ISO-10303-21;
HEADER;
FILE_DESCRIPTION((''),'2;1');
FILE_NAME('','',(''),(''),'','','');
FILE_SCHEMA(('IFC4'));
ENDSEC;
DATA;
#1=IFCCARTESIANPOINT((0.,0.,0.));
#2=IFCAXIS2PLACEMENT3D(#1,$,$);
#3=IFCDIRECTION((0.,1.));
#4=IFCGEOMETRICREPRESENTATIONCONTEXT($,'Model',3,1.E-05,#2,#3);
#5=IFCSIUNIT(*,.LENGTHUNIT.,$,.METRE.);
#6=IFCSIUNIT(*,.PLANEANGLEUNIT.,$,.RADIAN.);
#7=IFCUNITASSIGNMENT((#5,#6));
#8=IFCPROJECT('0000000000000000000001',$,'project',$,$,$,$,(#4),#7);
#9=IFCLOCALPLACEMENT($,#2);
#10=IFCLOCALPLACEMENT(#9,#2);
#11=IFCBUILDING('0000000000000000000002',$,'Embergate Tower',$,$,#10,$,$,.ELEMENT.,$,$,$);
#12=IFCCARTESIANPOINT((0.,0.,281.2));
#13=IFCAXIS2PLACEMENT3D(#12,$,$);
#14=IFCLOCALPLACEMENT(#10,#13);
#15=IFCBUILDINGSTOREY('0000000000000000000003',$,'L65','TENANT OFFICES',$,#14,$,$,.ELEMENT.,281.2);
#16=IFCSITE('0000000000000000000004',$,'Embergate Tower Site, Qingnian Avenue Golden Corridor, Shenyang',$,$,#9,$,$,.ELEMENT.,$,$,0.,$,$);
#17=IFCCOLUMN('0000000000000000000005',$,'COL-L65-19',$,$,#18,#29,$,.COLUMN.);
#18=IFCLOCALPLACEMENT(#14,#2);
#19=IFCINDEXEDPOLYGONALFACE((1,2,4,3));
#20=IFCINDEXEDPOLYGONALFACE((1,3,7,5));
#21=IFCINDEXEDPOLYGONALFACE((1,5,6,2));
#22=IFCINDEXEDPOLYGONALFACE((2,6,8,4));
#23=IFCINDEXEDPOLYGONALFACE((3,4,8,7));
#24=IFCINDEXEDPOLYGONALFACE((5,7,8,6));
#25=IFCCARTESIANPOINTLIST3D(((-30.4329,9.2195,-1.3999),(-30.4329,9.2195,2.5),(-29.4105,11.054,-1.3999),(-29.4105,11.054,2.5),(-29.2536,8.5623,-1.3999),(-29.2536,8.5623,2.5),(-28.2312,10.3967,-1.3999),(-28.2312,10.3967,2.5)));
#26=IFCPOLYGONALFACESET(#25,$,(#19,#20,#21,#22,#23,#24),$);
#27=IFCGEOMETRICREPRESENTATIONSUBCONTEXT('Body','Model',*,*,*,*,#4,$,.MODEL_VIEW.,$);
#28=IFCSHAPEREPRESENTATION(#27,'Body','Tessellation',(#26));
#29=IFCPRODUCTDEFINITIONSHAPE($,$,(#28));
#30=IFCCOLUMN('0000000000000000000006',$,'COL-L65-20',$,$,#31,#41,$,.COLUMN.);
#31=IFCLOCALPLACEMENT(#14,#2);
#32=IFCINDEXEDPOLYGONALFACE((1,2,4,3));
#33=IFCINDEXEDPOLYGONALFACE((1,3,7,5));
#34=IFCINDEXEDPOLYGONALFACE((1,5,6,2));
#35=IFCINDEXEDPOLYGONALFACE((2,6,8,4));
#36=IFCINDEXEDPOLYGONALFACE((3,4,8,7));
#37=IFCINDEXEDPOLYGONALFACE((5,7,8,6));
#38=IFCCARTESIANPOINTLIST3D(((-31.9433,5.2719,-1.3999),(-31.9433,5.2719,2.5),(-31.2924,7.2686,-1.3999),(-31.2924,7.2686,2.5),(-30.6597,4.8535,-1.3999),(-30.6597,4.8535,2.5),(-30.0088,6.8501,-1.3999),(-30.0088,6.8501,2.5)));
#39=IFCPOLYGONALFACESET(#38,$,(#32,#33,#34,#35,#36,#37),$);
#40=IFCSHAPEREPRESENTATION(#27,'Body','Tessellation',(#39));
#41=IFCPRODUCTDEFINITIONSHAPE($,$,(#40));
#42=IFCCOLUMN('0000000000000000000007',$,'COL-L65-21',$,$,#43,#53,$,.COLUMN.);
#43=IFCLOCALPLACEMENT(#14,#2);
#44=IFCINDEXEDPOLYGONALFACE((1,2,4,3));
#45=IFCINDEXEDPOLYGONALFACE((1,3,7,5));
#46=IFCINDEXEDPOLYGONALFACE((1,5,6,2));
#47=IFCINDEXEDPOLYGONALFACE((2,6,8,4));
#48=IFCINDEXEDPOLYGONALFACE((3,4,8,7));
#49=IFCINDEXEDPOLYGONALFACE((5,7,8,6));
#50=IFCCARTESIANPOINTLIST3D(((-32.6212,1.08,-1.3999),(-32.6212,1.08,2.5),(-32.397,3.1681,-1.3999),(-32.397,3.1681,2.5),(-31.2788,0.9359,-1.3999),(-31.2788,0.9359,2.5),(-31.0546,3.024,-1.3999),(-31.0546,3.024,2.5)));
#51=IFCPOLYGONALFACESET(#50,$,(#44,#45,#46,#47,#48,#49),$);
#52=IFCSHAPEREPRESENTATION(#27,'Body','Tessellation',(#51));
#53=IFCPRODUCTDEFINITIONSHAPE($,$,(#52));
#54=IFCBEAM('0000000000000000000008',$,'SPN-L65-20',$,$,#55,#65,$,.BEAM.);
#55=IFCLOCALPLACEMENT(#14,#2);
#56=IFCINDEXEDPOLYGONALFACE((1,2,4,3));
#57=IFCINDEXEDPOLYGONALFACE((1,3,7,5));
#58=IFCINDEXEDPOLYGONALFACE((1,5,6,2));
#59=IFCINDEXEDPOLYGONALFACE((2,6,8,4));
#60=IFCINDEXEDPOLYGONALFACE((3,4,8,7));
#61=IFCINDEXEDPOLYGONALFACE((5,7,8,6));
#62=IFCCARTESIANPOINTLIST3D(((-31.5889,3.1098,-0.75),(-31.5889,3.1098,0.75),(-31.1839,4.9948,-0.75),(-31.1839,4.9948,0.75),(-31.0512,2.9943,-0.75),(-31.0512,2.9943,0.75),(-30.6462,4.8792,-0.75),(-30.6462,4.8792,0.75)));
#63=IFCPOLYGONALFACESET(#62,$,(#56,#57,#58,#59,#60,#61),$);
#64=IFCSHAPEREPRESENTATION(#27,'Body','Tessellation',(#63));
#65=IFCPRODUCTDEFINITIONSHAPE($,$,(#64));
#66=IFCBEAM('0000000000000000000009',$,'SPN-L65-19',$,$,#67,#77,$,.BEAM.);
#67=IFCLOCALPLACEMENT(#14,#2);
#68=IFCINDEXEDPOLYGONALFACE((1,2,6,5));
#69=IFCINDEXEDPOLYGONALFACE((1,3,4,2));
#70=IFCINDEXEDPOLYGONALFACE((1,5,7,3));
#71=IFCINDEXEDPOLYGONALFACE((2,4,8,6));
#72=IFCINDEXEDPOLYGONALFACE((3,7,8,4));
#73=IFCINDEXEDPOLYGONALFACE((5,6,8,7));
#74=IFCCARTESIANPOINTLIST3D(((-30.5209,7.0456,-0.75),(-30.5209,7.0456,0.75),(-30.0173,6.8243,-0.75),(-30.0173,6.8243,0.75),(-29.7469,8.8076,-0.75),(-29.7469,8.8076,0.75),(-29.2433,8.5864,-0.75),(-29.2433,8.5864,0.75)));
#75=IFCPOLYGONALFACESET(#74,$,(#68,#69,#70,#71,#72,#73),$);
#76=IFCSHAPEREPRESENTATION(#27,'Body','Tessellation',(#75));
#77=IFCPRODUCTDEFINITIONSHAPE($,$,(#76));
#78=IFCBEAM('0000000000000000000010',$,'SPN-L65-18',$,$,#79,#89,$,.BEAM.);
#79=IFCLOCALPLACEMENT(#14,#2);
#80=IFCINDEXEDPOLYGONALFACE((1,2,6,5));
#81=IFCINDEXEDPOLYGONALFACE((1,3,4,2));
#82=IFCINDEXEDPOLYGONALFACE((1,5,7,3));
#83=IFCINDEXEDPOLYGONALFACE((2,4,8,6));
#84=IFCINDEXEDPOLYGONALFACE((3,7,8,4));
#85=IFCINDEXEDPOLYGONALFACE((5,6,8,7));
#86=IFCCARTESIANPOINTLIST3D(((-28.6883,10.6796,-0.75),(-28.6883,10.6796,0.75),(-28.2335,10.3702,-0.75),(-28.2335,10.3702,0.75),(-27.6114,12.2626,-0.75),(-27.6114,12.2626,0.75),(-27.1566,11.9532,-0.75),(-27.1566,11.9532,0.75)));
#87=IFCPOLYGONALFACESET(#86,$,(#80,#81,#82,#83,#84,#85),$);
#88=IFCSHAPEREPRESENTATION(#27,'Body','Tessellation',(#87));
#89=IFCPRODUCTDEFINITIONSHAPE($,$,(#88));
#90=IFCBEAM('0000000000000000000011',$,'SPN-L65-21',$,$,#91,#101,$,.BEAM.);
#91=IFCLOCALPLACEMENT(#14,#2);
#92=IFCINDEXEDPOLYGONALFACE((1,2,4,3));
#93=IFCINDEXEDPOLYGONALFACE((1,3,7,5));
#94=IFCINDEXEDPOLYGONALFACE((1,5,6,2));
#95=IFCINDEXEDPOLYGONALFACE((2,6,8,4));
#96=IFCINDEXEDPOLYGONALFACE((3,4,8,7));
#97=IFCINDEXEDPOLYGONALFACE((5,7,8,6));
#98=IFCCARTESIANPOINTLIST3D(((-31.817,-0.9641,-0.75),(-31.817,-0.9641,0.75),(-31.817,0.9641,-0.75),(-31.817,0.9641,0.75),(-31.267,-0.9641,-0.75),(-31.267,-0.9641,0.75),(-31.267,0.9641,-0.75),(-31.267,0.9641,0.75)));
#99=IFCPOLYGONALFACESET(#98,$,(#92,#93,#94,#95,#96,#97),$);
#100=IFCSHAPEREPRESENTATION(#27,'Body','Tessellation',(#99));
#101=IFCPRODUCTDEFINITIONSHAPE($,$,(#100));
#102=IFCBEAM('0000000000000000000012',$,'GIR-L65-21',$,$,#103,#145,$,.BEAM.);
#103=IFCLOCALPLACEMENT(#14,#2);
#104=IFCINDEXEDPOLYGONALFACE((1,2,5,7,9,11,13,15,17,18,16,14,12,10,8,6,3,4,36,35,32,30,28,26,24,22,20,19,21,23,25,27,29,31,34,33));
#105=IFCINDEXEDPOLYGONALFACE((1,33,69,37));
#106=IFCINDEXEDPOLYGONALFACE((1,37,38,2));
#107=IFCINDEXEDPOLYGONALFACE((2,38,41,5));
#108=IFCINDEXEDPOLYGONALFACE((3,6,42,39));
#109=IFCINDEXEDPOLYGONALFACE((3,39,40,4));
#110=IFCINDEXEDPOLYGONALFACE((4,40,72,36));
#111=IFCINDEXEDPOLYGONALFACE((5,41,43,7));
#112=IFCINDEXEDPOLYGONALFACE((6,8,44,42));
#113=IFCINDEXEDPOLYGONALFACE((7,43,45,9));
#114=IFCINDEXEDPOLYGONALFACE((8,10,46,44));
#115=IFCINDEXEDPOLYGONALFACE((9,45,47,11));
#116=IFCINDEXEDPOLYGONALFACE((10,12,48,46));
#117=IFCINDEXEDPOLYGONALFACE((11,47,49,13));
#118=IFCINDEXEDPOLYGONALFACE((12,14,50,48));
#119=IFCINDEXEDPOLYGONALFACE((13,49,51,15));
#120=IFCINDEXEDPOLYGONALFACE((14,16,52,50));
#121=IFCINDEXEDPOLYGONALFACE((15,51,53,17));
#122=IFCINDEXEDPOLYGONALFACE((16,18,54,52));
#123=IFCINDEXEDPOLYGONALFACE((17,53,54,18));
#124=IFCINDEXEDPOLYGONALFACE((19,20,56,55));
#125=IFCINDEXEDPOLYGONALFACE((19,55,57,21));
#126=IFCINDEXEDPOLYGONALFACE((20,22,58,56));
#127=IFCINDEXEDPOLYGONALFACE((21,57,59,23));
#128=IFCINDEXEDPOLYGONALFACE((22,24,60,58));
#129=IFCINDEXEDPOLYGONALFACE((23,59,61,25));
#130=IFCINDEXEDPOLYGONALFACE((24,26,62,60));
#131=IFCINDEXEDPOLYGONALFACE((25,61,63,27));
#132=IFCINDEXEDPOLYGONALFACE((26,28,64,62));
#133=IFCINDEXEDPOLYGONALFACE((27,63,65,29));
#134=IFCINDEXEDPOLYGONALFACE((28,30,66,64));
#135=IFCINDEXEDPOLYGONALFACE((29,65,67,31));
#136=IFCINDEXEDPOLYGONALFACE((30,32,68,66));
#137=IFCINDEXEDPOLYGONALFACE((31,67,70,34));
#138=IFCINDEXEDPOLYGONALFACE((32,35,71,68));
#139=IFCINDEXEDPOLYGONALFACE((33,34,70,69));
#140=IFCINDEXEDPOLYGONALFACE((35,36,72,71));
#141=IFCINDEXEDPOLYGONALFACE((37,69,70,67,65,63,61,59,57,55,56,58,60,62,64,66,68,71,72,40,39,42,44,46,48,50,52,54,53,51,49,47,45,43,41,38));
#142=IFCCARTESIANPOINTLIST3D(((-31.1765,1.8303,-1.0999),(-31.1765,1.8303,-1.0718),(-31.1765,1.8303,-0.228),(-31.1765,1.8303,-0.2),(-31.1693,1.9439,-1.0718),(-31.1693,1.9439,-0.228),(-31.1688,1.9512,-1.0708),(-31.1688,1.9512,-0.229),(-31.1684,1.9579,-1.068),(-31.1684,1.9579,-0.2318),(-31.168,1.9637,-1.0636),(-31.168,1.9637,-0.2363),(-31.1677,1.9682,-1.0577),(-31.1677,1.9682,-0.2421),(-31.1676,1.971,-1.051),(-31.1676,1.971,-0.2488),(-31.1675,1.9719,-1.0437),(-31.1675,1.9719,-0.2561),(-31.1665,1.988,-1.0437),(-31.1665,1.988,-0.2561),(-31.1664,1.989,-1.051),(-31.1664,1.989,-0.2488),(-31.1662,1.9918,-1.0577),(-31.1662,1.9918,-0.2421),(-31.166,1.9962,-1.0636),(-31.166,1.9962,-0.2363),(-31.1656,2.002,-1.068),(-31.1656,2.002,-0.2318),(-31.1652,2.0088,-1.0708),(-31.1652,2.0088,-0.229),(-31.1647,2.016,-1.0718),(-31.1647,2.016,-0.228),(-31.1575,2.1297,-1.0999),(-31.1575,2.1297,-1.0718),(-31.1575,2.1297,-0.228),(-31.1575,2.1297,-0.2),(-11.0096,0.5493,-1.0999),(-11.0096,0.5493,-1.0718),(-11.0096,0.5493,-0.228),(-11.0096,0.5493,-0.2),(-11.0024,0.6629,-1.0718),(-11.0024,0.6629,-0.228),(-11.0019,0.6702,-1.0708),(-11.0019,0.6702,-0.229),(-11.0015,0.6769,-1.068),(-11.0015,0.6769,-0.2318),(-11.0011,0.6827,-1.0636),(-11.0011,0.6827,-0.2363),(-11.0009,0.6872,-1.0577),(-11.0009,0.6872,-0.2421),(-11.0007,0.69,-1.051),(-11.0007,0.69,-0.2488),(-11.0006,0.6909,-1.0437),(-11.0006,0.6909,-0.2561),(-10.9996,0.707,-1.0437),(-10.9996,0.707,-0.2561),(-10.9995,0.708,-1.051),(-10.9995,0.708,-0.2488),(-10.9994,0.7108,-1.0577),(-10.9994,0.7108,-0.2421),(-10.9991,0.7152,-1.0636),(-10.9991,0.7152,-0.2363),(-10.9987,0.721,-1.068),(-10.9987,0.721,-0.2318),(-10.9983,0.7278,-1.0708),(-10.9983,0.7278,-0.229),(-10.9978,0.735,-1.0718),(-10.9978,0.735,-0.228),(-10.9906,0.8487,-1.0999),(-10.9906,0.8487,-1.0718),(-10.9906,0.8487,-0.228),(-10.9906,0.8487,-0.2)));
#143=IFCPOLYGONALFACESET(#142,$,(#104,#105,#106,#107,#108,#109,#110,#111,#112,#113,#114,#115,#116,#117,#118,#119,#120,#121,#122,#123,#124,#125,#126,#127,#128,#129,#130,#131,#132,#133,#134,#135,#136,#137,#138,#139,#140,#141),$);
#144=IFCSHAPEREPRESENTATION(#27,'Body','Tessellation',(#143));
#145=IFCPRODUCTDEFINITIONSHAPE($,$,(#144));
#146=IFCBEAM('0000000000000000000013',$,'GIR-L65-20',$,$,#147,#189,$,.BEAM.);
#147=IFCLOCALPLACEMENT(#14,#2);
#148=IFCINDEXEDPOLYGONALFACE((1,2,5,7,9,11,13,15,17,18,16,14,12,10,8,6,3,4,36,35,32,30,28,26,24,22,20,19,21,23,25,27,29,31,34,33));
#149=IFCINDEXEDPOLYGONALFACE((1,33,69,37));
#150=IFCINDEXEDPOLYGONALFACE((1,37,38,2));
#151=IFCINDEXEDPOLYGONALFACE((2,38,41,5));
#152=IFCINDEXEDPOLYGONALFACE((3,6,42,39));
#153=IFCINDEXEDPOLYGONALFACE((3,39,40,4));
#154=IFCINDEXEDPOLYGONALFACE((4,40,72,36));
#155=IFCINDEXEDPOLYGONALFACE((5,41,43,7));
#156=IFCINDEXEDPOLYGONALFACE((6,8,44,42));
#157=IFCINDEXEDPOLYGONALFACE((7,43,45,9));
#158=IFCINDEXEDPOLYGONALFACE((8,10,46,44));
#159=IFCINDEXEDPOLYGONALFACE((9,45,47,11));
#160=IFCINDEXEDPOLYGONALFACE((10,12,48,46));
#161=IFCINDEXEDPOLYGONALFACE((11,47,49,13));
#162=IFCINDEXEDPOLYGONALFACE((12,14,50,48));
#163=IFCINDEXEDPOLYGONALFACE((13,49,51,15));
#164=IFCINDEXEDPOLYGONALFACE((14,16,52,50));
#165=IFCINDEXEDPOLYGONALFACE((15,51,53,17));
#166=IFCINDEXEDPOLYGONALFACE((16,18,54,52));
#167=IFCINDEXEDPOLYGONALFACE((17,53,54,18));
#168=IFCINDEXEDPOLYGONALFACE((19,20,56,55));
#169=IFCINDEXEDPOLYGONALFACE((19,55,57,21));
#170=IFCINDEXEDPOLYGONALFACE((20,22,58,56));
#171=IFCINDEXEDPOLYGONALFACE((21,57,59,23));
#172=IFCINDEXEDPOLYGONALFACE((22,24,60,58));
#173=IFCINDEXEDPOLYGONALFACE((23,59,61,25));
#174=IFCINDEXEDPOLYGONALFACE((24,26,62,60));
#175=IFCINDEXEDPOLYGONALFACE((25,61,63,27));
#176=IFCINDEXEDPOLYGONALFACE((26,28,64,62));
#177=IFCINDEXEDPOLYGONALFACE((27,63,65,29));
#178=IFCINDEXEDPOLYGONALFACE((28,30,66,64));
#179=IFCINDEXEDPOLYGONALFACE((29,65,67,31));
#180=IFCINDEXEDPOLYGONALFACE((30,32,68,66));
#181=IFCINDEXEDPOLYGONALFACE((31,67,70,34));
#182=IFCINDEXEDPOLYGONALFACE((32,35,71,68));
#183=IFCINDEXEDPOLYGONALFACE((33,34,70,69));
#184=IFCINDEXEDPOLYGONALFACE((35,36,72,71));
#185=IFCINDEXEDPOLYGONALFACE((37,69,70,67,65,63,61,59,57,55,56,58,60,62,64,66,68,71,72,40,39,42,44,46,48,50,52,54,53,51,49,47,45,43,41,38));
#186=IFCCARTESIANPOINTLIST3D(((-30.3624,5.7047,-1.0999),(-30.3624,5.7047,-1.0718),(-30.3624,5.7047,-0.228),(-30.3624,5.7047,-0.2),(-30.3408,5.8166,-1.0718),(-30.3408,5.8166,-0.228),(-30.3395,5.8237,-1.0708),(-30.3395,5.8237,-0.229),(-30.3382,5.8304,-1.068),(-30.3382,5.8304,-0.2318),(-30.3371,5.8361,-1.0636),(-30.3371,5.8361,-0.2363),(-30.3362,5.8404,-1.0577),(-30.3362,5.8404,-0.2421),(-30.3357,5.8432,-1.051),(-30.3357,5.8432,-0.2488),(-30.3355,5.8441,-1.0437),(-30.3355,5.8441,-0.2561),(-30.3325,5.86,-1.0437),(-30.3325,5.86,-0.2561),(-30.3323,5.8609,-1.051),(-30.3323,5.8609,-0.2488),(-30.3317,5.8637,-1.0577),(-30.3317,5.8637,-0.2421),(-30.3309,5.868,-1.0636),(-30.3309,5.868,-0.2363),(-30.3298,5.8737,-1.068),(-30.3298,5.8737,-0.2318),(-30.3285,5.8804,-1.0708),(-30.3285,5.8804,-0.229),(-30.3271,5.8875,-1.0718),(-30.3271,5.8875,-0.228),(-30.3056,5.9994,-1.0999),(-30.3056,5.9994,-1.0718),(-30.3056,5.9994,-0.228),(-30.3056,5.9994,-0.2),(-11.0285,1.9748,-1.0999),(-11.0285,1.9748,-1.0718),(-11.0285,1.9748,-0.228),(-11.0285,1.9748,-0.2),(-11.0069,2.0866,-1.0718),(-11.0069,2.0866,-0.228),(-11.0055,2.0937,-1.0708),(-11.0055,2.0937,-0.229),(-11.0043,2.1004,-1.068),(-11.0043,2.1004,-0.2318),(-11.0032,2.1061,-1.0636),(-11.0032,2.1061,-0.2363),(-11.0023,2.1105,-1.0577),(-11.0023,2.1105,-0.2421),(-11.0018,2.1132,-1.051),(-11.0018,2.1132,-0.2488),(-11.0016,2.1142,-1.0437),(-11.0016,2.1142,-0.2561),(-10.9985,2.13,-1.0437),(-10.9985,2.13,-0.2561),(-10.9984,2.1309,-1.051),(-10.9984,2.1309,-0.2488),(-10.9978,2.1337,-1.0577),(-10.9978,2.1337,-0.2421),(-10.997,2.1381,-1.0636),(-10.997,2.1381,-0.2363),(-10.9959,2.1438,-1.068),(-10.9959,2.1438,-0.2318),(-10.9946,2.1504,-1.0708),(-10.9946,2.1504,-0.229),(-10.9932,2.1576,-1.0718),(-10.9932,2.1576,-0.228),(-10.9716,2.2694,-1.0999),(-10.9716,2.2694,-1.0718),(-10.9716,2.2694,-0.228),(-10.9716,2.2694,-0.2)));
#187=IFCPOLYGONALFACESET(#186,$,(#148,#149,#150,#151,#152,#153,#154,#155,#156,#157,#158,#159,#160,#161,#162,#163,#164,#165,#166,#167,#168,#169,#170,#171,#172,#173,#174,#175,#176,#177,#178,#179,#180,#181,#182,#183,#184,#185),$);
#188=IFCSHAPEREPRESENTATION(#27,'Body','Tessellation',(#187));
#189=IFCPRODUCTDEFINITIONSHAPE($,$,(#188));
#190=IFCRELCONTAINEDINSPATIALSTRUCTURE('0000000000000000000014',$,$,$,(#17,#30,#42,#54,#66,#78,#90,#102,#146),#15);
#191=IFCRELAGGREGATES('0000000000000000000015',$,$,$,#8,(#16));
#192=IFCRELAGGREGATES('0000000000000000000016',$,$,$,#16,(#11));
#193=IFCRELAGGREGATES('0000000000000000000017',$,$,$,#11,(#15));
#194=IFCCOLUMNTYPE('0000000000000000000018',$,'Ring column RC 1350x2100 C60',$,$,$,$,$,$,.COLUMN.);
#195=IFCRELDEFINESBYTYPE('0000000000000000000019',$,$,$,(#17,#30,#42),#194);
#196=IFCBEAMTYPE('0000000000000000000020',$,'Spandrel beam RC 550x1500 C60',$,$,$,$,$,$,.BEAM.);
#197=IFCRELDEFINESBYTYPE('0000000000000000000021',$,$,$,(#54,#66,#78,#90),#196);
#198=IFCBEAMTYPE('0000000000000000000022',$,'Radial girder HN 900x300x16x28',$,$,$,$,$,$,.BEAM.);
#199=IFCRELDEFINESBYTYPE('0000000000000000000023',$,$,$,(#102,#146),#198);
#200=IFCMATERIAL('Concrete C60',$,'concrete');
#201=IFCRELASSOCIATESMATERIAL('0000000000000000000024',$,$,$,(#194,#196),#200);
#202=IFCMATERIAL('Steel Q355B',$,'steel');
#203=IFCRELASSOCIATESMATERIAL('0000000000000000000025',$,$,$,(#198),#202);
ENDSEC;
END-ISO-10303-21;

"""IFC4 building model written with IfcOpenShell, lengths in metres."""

from ifc_helpers import new_model, si_unit, direction, frame, origin, origin_2d, place, context, subcontext, project, spatial, rectangle, i_section, extrude, source, transform, mapped, material, material_profile, profile_set, type_object, element, save


model = new_model("IFC4")

# Units and contexts
model_context = context("Model", 3, precision=1e-05, world=origin(), true_north=direction((0.0, 1.0)))
body_context = subcontext(model_context, "Body", "Model", "MODEL_VIEW")
ifc_project = project(units=[si_unit("LENGTHUNIT", "METRE"), si_unit("PLANEANGLEUNIT", "RADIAN")], contexts=[model_context])

# Site, building, storey
site_placement = place(None, origin())
site = spatial("IfcSite", under=ifc_project, at=site_placement, Name="Embergate Tower Site, Qingnian Avenue Golden Corridor, Shenyang", CompositionType="ELEMENT", RefElevation=0.0)
building_placement = place(site_placement, origin())
building = spatial("IfcBuilding", under=site, at=building_placement, Name="Embergate Tower", CompositionType="ELEMENT")
storey_placement = place(building_placement, frame((0.0, 0.0, 281.2)))
storey = spatial("IfcBuildingStorey", under=building, at=storey_placement, Name="L65", Description="TENANT OFFICES", CompositionType="ELEMENT", Elevation=281.2)

# Columns
ifc_material_1 = material(Name="Concrete C60", Category="concrete")
ifc_material_profile_1 = material_profile(ifc_material_1, rectangle(XDim=1.3501, YDim=2.1001, at=origin_2d()), Name="RC 1350x2100")
ifc_profile_set_1 = profile_set([ifc_material_profile_1], Name="Concrete C60")
column_type = type_object("IfcColumnType", Name="Ring column RC 1350x2100 C60", PredefinedType="COLUMN", material=ifc_profile_set_1)
shared_shape_1 = source(origin(), body_context, "Body", "SweptSolid", [
    extrude(rectangle(XDim=1.3501, YDim=2.1001, at=origin_2d()), origin(), (0.0, 0.0, 1.0), 3.8999),
])
for number, where, z_axis, x_axis, name in (
    (1, (-29.332, 9.8081, -1.3999), (0.0, 0.0, 1.0), (-0.873492, 0.486839, 0.0), "COL-L65-19"),
    (2, (-30.9761, 6.061, -1.3999), (0.0, 0.0, 1.0), (-0.950754, 0.309946, 0.0), "COL-L65-20"),
    (3, (-31.8379, 2.052, -1.3999), (0.0, 0.0, 1.0), (-0.994286, 0.10675, 0.0), "COL-L65-21"),
):
    element("IfcColumn", number, at=place(storey_placement, frame(where, z_axis=z_axis, x_axis=x_axis)), inside=storey, type_object=column_type, Name=name, PredefinedType="COLUMN", context=body_context, shape_type="MappedRepresentation", body=[
        mapped(shared_shape_1, transform((0.0, 0.0, 0.0))),
    ])

# Beams
ifc_material_profile_2 = material_profile(ifc_material_1, rectangle(XDim=0.55, YDim=1.5, at=origin_2d()), Name="RC 550x1500")
ifc_profile_set_2 = profile_set([ifc_material_profile_2], Name="Concrete C60")
beam_type_1 = type_object("IfcBeamType", Name="Spandrel beam RC 550x1500 C60", PredefinedType="BEAM", material=ifc_profile_set_2)
shared_shape_2 = source(origin(), body_context, "Body", "SweptSolid", [
    extrude(rectangle(XDim=0.55, YDim=1.5, at=origin_2d()), origin(), (0.0, 0.0, 1.0), 1.928),
])
beam_1_placement = place(storey_placement, frame((-30.915, 4.937, 0.0), z_axis=(-0.210074, -0.977686, 0.0), x_axis=(0.977686, -0.210074, 0.0)))
element("IfcBeam", 4, at=beam_1_placement, inside=storey, type_object=beam_type_1, Name="SPN-L65-20", PredefinedType="BEAM", context=body_context, shape_type="MappedRepresentation", body=[
    mapped(shared_shape_2, transform((0.0, 0.0, 0.0))),
])
shared_shape_3 = source(origin(), body_context, "Body", "SweptSolid", [
    extrude(rectangle(XDim=0.55, YDim=1.5, at=origin_2d()), origin(), (0.0, 0.0, 1.0), 1.9246),
])
beam_2_placement = place(storey_placement, frame((-29.4951, 8.697, 0.0), z_axis=(-0.402156, -0.915571, 0.0), x_axis=(0.915571, -0.402156, 0.0)))
element("IfcBeam", 5, at=beam_2_placement, inside=storey, type_object=beam_type_1, Name="SPN-L65-19", PredefinedType="BEAM", context=body_context, shape_type="MappedRepresentation", body=[
    mapped(shared_shape_3, transform((0.0, 0.0, 0.0))),
])
shared_shape_4 = source(origin(), body_context, "Body", "SweptSolid", [
    extrude(rectangle(XDim=0.55, YDim=1.5, at=origin_2d()), origin(), (0.0, 0.0, 1.0), 1.9146),
])
beam_3_placement = place(storey_placement, frame((-27.384, 12.1079, 0.0), z_axis=(-0.562474, -0.826815, 0.0), x_axis=(0.826815, -0.562474, 0.0)))
element("IfcBeam", 6, at=beam_3_placement, inside=storey, type_object=beam_type_1, Name="SPN-L65-18", PredefinedType="BEAM", context=body_context, shape_type="MappedRepresentation", body=[
    mapped(shared_shape_4, transform((0.0, 0.0, 0.0))),
])
shared_shape_5 = source(origin(), body_context, "Body", "SweptSolid", [
    extrude(rectangle(XDim=0.55, YDim=1.5, at=origin_2d()), origin(), (0.0, 0.0, 1.0), 1.9282),
])
beam_4_placement = place(storey_placement, frame((-31.542, 0.9641, 0.0), z_axis=(0.0, -1.0, 0.0), x_axis=(1.0, 0.0, 0.0)))
element("IfcBeam", 7, at=beam_4_placement, inside=storey, type_object=beam_type_1, Name="SPN-L65-21", PredefinedType="BEAM", context=body_context, shape_type="MappedRepresentation", body=[
    mapped(shared_shape_5, transform((0.0, 0.0, 0.0))),
])
ifc_material_2 = material(Name="Steel Q355B", Category="steel")
ifc_material_profile_3 = material_profile(ifc_material_2, i_section(OverallWidth=0.3, OverallDepth=0.8999, WebThickness=0.0161, FlangeThickness=0.0281, FilletRadius=0.0281, at=origin_2d()), Name="HN 900x300x16x28")
ifc_profile_set_3 = profile_set([ifc_material_profile_3], Name="Steel Q355 grade B")
beam_type_2 = type_object("IfcBeamType", Name="Radial girder HN 900x300x16x28", PredefinedType="BEAM", material=ifc_profile_set_3)
shared_shape_6 = source(origin(), body_context, "Body", "SweptSolid", [
    extrude(i_section(OverallWidth=0.3, OverallDepth=0.8999, WebThickness=0.0161, FlangeThickness=0.0281, FilletRadius=0.0281, at=origin_2d()), origin(), (0.0, 0.0, 1.0), 20.2075),
])
beam_5_placement = place(storey_placement, frame((-31.167, 1.98, -0.6499), z_axis=(0.997989, -0.063392, 0.0), x_axis=(0.063392, 0.997989, 0.0)))
element("IfcBeam", 8, at=beam_5_placement, inside=storey, type_object=beam_type_2, Name="GIR-L65-21", PredefinedType="BEAM", context=body_context, shape_type="MappedRepresentation", body=[
    mapped(shared_shape_6, transform((0.0, 0.0, 0.0))),
])
shared_shape_7 = source(origin(), body_context, "Body", "SweptSolid", [
    extrude(i_section(OverallWidth=0.3, OverallDepth=0.8999, WebThickness=0.0161, FlangeThickness=0.0281, FilletRadius=0.0281, at=origin_2d()), origin(), (0.0, 0.0, 1.0), 19.6904),
])
beam_6_placement = place(storey_placement, frame((-30.334, 5.8521, -0.6499), z_axis=(0.981894, -0.18943, 0.0), x_axis=(0.18943, 0.981894, 0.0)))
element("IfcBeam", 9, at=beam_6_placement, inside=storey, type_object=beam_type_2, Name="GIR-L65-20", PredefinedType="BEAM", context=body_context, shape_type="MappedRepresentation", body=[
    mapped(shared_shape_7, transform((0.0, 0.0, 0.0))),
])

save(model, "model.ifc")
